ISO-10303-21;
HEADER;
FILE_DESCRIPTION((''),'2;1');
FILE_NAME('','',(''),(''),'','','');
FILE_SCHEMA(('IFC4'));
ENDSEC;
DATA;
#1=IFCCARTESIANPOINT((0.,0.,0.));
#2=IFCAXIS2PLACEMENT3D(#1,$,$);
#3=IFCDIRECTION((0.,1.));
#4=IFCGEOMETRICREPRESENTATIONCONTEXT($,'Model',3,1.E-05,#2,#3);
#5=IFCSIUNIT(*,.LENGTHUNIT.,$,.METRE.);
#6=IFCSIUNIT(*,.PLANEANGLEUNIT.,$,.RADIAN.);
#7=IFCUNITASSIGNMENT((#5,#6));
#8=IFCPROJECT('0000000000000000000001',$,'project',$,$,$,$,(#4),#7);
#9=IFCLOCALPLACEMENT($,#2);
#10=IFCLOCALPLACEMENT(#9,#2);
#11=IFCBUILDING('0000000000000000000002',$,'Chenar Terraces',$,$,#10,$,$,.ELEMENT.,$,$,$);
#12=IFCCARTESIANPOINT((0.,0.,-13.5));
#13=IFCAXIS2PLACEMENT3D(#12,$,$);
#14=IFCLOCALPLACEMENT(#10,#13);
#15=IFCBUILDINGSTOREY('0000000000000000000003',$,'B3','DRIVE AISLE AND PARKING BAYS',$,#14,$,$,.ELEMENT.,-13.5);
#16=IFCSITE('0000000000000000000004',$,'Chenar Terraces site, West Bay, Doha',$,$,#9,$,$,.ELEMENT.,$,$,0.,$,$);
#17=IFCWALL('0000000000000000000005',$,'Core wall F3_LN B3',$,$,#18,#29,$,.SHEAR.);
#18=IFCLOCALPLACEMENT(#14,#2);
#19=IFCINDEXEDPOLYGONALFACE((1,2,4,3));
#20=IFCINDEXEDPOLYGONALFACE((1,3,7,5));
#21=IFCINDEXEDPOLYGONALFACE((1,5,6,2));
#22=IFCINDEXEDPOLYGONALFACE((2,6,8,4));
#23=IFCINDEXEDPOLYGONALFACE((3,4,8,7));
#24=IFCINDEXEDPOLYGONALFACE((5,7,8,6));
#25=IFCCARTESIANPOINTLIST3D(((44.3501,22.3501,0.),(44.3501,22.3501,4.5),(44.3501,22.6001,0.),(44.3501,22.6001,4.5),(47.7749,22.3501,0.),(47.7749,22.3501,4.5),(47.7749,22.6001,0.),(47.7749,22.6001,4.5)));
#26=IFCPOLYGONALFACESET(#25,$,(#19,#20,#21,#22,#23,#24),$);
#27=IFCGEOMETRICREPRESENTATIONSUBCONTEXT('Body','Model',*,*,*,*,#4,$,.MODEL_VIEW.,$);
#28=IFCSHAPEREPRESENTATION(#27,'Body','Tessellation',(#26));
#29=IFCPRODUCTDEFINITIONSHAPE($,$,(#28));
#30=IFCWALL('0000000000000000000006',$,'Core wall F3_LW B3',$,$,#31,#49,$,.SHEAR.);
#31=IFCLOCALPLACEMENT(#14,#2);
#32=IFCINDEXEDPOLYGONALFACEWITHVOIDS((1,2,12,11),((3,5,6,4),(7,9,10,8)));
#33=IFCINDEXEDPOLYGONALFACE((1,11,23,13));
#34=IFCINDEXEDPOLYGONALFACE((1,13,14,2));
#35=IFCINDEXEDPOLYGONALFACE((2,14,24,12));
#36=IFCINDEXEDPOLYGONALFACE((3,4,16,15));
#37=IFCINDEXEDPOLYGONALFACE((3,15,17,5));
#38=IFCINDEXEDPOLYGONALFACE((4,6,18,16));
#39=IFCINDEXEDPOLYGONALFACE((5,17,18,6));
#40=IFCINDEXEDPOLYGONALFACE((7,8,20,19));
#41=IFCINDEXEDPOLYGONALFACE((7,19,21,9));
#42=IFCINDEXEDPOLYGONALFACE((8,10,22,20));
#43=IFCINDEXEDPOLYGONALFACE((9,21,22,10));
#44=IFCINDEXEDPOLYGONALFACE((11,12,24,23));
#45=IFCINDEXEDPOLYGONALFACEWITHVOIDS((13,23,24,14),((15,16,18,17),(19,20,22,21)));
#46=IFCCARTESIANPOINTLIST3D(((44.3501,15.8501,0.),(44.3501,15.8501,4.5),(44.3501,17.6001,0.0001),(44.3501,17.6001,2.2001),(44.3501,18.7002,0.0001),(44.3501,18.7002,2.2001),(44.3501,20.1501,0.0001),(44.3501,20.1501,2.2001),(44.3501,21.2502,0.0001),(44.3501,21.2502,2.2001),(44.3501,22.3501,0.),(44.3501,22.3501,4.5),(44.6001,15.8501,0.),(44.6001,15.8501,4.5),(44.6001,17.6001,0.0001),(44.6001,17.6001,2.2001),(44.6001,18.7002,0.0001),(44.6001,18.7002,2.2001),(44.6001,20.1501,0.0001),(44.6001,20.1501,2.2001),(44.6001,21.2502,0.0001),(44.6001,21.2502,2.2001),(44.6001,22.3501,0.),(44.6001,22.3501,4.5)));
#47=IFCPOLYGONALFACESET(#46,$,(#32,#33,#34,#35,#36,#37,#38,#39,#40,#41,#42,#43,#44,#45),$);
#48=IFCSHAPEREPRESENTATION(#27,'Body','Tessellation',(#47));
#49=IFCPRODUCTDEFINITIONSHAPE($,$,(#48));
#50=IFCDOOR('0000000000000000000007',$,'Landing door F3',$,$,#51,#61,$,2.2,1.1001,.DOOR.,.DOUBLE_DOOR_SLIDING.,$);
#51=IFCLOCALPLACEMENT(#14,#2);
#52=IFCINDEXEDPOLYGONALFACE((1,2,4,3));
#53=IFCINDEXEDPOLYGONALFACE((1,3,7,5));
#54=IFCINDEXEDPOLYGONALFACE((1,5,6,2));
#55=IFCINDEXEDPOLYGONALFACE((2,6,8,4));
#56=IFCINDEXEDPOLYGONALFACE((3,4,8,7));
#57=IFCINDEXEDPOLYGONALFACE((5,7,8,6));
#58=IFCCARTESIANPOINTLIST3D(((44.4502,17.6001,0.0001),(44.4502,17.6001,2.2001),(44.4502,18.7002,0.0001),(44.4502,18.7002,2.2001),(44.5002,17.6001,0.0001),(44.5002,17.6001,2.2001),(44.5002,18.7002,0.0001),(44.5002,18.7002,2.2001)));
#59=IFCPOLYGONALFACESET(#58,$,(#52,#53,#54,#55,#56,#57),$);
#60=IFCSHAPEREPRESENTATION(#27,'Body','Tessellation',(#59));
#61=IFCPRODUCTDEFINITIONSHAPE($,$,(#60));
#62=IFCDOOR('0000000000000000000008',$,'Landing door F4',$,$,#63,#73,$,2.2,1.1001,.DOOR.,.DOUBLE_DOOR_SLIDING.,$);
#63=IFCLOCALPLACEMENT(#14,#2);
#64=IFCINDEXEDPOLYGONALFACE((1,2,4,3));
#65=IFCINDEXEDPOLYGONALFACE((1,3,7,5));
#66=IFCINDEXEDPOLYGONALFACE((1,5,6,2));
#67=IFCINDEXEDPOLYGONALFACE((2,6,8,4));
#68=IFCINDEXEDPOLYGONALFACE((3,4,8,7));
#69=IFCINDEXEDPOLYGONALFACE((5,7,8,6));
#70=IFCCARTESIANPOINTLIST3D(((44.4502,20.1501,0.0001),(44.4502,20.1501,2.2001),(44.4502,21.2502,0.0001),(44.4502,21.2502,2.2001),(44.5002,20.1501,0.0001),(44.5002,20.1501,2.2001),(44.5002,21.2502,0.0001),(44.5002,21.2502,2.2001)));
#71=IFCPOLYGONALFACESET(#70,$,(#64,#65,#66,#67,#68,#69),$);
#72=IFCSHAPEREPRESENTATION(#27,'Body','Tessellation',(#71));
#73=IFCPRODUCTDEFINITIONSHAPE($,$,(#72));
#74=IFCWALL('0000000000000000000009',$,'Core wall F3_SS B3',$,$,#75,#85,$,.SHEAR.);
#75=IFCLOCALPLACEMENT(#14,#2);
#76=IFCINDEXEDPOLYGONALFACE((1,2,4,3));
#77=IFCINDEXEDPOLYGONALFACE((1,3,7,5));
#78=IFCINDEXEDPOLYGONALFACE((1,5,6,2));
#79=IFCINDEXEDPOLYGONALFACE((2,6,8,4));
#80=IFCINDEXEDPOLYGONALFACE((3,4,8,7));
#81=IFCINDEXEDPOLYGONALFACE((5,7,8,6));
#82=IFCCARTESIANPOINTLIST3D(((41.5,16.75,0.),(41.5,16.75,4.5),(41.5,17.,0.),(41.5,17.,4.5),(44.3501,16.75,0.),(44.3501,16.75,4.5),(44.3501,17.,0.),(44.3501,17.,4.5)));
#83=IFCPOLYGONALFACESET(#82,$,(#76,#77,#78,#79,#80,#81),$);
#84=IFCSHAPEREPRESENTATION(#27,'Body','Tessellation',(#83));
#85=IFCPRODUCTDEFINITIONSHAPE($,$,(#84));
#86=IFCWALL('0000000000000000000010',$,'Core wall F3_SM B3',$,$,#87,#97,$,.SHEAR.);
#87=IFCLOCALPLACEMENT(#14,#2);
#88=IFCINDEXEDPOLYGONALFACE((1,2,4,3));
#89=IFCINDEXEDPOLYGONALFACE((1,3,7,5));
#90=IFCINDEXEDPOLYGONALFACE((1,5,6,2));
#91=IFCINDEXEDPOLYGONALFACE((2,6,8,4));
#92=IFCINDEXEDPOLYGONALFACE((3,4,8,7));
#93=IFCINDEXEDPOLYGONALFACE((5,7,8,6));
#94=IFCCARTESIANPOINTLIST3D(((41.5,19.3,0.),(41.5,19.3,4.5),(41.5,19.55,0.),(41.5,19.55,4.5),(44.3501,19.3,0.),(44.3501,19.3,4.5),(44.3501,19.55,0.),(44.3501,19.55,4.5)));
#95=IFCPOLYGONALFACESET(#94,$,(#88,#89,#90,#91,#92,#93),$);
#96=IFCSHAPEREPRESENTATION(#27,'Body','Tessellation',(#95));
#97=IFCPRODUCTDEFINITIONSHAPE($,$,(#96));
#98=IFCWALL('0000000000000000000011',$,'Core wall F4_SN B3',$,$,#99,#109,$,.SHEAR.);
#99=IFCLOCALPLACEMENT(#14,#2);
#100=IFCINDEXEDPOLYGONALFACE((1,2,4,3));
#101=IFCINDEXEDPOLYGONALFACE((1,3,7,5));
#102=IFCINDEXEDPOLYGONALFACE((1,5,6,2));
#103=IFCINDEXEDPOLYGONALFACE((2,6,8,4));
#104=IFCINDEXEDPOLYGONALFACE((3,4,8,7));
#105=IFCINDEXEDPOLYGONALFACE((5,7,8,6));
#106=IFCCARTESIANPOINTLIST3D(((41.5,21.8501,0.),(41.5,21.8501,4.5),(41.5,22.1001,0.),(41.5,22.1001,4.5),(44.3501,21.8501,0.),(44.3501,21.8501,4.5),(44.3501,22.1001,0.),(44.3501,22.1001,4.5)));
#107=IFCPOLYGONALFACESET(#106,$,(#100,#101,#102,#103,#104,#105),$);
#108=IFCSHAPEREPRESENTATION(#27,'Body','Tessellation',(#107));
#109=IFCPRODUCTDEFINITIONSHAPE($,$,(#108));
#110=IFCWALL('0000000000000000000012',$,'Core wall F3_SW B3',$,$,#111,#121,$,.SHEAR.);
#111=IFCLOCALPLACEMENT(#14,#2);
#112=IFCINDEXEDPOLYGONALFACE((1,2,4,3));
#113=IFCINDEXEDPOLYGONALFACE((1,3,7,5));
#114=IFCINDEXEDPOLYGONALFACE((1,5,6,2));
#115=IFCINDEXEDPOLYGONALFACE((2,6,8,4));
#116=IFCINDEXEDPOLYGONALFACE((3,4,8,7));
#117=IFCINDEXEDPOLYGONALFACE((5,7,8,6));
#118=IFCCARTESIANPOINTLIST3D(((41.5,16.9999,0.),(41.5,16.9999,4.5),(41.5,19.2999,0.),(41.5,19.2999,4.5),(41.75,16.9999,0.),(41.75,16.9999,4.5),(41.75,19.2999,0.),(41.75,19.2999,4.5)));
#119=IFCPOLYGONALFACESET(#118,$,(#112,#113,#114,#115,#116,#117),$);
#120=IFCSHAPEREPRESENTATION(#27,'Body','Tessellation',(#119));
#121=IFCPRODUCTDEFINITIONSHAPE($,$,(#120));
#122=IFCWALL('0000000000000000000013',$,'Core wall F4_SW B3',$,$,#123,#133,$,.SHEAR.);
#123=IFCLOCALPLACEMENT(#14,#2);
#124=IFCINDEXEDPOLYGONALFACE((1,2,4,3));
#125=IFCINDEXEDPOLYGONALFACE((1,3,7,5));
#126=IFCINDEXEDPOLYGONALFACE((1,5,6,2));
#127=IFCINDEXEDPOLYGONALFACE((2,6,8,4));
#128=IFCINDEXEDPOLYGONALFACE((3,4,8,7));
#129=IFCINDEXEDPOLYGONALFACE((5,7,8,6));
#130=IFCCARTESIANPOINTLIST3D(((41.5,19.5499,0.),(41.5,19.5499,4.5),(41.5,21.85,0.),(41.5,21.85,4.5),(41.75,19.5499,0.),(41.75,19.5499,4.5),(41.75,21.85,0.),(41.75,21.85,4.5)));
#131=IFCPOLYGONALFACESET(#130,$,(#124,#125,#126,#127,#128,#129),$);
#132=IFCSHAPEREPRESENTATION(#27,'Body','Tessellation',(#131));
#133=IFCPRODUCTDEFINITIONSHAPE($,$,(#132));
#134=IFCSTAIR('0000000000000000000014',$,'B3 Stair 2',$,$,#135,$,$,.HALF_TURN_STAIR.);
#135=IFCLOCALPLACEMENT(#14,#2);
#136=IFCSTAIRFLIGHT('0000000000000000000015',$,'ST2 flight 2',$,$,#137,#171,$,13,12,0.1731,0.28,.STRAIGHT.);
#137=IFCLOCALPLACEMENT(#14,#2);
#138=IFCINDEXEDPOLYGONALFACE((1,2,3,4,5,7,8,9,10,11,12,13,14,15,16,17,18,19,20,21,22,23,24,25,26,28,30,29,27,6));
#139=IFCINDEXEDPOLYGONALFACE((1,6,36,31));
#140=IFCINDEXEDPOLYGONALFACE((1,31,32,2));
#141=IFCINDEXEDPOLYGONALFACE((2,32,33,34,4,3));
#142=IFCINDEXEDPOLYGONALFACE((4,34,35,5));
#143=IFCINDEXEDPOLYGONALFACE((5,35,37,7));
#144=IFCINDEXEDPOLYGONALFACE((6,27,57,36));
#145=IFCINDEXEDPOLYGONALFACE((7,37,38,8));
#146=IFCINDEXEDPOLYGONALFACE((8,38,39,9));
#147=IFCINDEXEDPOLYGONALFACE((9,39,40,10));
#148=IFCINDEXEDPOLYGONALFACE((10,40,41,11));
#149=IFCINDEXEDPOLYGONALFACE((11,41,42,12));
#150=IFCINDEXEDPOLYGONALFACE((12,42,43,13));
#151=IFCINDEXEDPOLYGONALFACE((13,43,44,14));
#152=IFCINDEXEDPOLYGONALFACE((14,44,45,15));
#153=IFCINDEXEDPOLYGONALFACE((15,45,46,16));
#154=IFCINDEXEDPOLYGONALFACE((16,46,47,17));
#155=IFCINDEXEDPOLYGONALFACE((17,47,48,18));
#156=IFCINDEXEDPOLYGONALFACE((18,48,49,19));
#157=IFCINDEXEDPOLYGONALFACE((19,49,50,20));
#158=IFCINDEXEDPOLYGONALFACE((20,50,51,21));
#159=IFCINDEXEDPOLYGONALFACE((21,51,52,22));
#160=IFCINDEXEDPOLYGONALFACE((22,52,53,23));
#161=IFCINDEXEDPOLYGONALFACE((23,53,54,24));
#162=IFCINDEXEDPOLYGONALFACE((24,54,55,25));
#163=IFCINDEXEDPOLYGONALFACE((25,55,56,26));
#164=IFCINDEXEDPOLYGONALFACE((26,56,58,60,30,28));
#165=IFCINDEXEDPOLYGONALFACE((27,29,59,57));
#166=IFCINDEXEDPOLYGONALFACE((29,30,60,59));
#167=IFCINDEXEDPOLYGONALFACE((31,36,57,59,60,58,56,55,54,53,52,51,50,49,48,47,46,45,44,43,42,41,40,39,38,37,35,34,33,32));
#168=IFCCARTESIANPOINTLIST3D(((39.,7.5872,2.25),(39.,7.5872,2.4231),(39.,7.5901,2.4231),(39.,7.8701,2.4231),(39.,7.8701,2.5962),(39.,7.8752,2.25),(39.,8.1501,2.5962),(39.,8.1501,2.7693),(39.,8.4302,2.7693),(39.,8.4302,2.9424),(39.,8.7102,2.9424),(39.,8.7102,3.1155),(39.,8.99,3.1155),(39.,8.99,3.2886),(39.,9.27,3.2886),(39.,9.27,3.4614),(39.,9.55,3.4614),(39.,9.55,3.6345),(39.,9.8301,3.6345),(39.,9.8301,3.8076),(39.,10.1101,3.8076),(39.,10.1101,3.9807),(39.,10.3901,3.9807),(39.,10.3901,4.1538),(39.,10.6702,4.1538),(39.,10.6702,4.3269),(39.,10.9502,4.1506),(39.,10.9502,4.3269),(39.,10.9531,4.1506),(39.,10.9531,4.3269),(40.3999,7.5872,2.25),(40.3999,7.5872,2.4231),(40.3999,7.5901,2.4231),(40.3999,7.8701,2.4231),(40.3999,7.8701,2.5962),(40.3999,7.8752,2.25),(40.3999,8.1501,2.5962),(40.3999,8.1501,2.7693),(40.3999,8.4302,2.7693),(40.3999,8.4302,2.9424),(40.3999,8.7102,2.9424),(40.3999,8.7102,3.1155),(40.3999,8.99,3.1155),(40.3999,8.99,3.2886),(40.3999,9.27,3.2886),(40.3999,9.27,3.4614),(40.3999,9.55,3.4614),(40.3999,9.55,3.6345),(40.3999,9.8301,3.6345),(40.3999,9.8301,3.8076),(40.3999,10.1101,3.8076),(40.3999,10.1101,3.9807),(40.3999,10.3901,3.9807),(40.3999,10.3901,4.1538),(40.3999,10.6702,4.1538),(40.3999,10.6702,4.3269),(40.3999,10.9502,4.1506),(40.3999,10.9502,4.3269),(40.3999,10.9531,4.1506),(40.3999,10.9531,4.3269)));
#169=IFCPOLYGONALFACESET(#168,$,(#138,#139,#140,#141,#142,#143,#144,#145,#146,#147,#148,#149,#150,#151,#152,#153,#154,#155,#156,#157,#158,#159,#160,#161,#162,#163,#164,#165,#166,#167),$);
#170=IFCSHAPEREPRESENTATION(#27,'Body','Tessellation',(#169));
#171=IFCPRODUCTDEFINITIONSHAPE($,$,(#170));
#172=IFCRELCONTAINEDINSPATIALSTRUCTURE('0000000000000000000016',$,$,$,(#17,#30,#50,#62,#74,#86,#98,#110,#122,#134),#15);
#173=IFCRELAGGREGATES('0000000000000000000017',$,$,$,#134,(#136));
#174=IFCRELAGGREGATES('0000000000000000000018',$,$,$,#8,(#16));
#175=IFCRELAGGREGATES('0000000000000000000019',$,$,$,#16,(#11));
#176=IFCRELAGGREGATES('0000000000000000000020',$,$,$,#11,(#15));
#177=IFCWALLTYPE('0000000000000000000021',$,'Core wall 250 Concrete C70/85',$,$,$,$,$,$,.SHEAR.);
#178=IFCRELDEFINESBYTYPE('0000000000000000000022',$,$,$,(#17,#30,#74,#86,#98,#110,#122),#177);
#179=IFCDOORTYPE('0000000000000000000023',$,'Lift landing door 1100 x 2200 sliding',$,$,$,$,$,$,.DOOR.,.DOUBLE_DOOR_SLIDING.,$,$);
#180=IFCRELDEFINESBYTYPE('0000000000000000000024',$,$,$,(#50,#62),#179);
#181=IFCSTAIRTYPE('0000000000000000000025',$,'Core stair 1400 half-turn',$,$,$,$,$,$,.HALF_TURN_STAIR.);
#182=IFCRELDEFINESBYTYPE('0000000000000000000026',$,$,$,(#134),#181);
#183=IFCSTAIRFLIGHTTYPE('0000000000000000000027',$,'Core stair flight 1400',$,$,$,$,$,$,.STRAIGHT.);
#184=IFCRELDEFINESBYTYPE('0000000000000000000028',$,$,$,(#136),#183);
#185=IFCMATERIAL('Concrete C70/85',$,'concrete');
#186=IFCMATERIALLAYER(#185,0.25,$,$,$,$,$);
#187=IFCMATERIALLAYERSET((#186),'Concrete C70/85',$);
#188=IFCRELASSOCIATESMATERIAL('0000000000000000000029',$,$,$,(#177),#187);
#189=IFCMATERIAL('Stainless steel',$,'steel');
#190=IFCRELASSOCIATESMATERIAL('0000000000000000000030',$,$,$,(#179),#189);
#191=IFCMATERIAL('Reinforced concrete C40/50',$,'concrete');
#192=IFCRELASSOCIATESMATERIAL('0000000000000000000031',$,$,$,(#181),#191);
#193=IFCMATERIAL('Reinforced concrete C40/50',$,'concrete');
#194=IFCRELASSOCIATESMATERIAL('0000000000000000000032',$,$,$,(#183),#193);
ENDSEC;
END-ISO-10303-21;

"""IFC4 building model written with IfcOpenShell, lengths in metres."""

from ifc_helpers import new_model, si_unit, direction, frame, frame_2d, origin, place, context, subcontext, project, spatial, polyline, rectangle, outline, extrude, material, layer, layer_set, type_object, element, fill, aggregate, save


model = new_model("IFC4")

# Units and contexts
model_context = context("Model", 3, precision=1e-05, world=origin(), true_north=direction((0.0, 1.0)))
body_context = subcontext(model_context, "Body", "Model", "MODEL_VIEW")
ifc_project = project(units=[si_unit("LENGTHUNIT", "METRE"), si_unit("PLANEANGLEUNIT", "RADIAN")], contexts=[model_context])

# Site, building, storey
site_placement = place(None, origin())
site = spatial("IfcSite", under=ifc_project, at=site_placement, Name="Chenar Terraces site, West Bay, Doha", CompositionType="ELEMENT", RefElevation=0.0)
building_placement = place(site_placement, origin())
building = spatial("IfcBuilding", under=site, at=building_placement, Name="Chenar Terraces", CompositionType="ELEMENT")
storey_placement = place(building_placement, frame((0.0, 0.0, -13.5)))
storey = spatial("IfcBuildingStorey", under=building, at=storey_placement, Name="B3", Description="DRIVE AISLE AND PARKING BAYS", CompositionType="ELEMENT", Elevation=-13.5)

# Shared definitions
ifc_material_1 = material(Name="Concrete C70/85", Category="concrete")
ifc_layer = layer(ifc_material_1, 0.25)
ifc_layer_set = layer_set([ifc_layer], Name="Concrete C70/85")
wall_type = type_object("IfcWallType", Name="Core wall 250 Concrete C70/85", PredefinedType="SHEAR", material=ifc_layer_set)

# Wall
wall_1_placement = place(storey_placement, frame((44.3501, 22.4751, 0.0), z_axis=(0.0, 0.0, 1.0), x_axis=(1.0, 0.0, 0.0)))
element("IfcWall", 1, at=wall_1_placement, inside=storey, type_object=wall_type, Name="Core wall F3_LN B3", PredefinedType="SHEAR", context=body_context, shape_type="SweptSolid", body=[
    extrude(rectangle(XDim=3.4248, YDim=0.25, at=frame_2d((1.7124, 0.0))), origin(), (0.0, 0.0, 1.0), 4.5),
])

# Wall, openings, doors
wall_2_placement = place(storey_placement, frame((44.4751, 15.8501, 0.0), z_axis=(0.0, 0.0, 1.0), x_axis=(0.0, 1.0, 0.0)))
wall_2 = element("IfcWall", 2, at=wall_2_placement, inside=storey, type_object=wall_type, Name="Core wall F3_LW B3", PredefinedType="SHEAR", context=body_context, shape_type="SweptSolid", body=[
    extrude(rectangle(XDim=6.5, YDim=0.25, at=frame_2d((3.25, 0.0))), origin(), (0.0, 0.0, 1.0), 4.5),
])
opening_1_placement = place(wall_2_placement, frame((1.75, 0.0, 0.0)))
opening_1 = element("IfcOpeningElement", 3, at=opening_1_placement, cuts=wall_2, PredefinedType="OPENING", context=body_context, shape_type="SweptSolid", body=[
    extrude(rectangle(XDim=1.1001, YDim=2.2, at=frame_2d((0.55, 1.1001))), frame((0.0, 0.135, 0.0), z_axis=(0.0, -1.0, 0.0), x_axis=(1.0, 0.0, 0.0)), (0.0, 0.0, 1.0), 0.27),
])
opening_2_placement = place(wall_2_placement, frame((4.3, 0.0, 0.0)))
opening_2 = element("IfcOpeningElement", 4, at=opening_2_placement, cuts=wall_2, PredefinedType="OPENING", context=body_context, shape_type="SweptSolid", body=[
    extrude(rectangle(XDim=1.1001, YDim=2.2, at=frame_2d((0.55, 1.1001))), frame((0.0, 0.135, 0.0), z_axis=(0.0, -1.0, 0.0), x_axis=(1.0, 0.0, 0.0)), (0.0, 0.0, 1.0), 0.27),
])
ifc_material_2 = material(Name="Stainless steel", Category="steel")
door_type_1 = type_object("IfcDoorType", Name="Lift landing door 1100 x 2200 sliding", OperationType="DOUBLE_DOOR_SLIDING", PredefinedType="DOOR", material=ifc_material_2)
door_1_placement = place(opening_1_placement, origin())
door_1 = element("IfcDoor", 5, at=door_1_placement, inside=storey, type_object=door_type_1, Name="Landing door F3", OperationType="DOUBLE_DOOR_SLIDING", OverallHeight=2.2, OverallWidth=1.1001, PredefinedType="DOOR", context=body_context, shape_type="SweptSolid", body=[
    extrude(rectangle(XDim=1.1001, YDim=2.2, at=frame_2d((0.55, 1.1001))), frame((0.0, 0.0249, 0.0), z_axis=(0.0, -1.0, 0.0), x_axis=(1.0, 0.0, 0.0)), (0.0, 0.0, 1.0), 0.05),
])
fill(opening_1, door_1)
door_2_placement = place(opening_2_placement, origin())
door_2 = element("IfcDoor", 6, at=door_2_placement, inside=storey, type_object=door_type_1, Name="Landing door F4", OperationType="DOUBLE_DOOR_SLIDING", OverallHeight=2.2, OverallWidth=1.1001, PredefinedType="DOOR", context=body_context, shape_type="SweptSolid", body=[
    extrude(rectangle(XDim=1.1001, YDim=2.2, at=frame_2d((0.55, 1.1001))), frame((0.0, 0.0249, 0.0), z_axis=(0.0, -1.0, 0.0), x_axis=(1.0, 0.0, 0.0)), (0.0, 0.0, 1.0), 0.05),
])
fill(opening_2, door_2)

# Walls
for number, where, z_axis, x_axis, name in (
    (7, (41.5, 16.875, 0.0), (0.0, 0.0, 1.0), (1.0, 0.0, 0.0), "Core wall F3_SS B3"),
    (8, (41.5, 19.425, 0.0), (0.0, 0.0, 1.0), (1.0, 0.0, 0.0), "Core wall F3_SM B3"),
    (9, (41.5, 21.9751, 0.0), (0.0, 0.0, 1.0), (1.0, 0.0, 0.0), "Core wall F4_SN B3"),
):
    element("IfcWall", number, at=place(storey_placement, frame(where, z_axis=z_axis, x_axis=x_axis)), inside=storey, type_object=wall_type, Name=name, PredefinedType="SHEAR", context=body_context, shape_type="SweptSolid", body=[
        extrude(rectangle(XDim=2.8501, YDim=0.25, at=frame_2d((1.425, 0.0))), origin(), (0.0, 0.0, 1.0), 4.5),
    ])
for number, where, z_axis, x_axis, name in (
    (10, (41.625, 17.0, 0.0), (0.0, 0.0, 1.0), (0.0, 1.0, 0.0), "Core wall F3_SW B3"),
    (11, (41.625, 19.55, 0.0), (0.0, 0.0, 1.0), (0.0, 1.0, 0.0), "Core wall F4_SW B3"),
):
    element("IfcWall", number, at=place(storey_placement, frame(where, z_axis=z_axis, x_axis=x_axis)), inside=storey, type_object=wall_type, Name=name, PredefinedType="SHEAR", context=body_context, shape_type="SweptSolid", body=[
        extrude(rectangle(XDim=2.3, YDim=0.25, at=frame_2d((1.1499, 0.0))), origin(), (0.0, 0.0, 1.0), 4.5),
    ])

# Stair, stair flight
ifc_material_3 = material(Name="Reinforced concrete C40/50", Category="concrete")
stair_type = type_object("IfcStairType", Name="Core stair 1400 half-turn", PredefinedType="HALF_TURN_STAIR", material=ifc_material_3)
placement = place(storey_placement, origin())
stair_1 = element("IfcStair", 12, at=placement, inside=storey, type_object=stair_type, Name="B3 Stair 2", PredefinedType="HALF_TURN_STAIR")
ifc_material_4 = material(Name="Reinforced concrete C40/50", Category="concrete")
stair_flight_type = type_object("IfcStairFlightType", Name="Core stair flight 1400", PredefinedType="STRAIGHT", material=ifc_material_4)
stair_flight_1_placement = place(storey_placement, frame((39.7, 7.5901, 2.25), z_axis=(0.0, 0.0, 1.0), x_axis=(0.0, 1.0, 0.0)))
stair_flight_1 = element("IfcStairFlight", 13, at=stair_flight_1_placement, type_object=stair_flight_type, Name="ST2 flight 2", NumberOfRisers=13, NumberOfTreads=12, PredefinedType="STRAIGHT", RiserHeight=0.1731, TreadLength=0.28, context=body_context, shape_type="SweptSolid", body=[
    extrude(outline(polyline([(-0.0029, 0.0), (-0.0029, 0.1731), (0.0, 0.1731), (0.28, 0.1731), (0.28, 0.3462), (0.5601, 0.3462), (0.5601, 0.5193), (0.8401, 0.5193), (0.8401, 0.6924), (1.1201, 0.6924), (1.1201, 0.8655), (1.3999, 0.8655), (1.3999, 1.0386), (1.6799, 1.0386), (1.6799, 1.2114), (1.96, 1.2114), (1.96, 1.3845), (2.24, 1.3845), (2.24, 1.5576), (2.52, 1.5576), (2.52, 1.7307), (2.8, 1.7307), (2.8, 1.9038), (3.0801, 1.9038), (3.0801, 2.0769), (3.3601, 2.0769), (3.363, 2.0769), (3.363, 1.9006), (3.3601, 1.9006), (0.2852, 0.0), (-0.0029, 0.0)])), frame((0.0, 0.7, 0.0), z_axis=(0.0, -1.0, 0.0), x_axis=(1.0, 0.0, 0.0)), (0.0, 0.0, 1.0), 1.3999),
])
aggregate(stair_1, [stair_flight_1])

save(model, "model.ifc")
